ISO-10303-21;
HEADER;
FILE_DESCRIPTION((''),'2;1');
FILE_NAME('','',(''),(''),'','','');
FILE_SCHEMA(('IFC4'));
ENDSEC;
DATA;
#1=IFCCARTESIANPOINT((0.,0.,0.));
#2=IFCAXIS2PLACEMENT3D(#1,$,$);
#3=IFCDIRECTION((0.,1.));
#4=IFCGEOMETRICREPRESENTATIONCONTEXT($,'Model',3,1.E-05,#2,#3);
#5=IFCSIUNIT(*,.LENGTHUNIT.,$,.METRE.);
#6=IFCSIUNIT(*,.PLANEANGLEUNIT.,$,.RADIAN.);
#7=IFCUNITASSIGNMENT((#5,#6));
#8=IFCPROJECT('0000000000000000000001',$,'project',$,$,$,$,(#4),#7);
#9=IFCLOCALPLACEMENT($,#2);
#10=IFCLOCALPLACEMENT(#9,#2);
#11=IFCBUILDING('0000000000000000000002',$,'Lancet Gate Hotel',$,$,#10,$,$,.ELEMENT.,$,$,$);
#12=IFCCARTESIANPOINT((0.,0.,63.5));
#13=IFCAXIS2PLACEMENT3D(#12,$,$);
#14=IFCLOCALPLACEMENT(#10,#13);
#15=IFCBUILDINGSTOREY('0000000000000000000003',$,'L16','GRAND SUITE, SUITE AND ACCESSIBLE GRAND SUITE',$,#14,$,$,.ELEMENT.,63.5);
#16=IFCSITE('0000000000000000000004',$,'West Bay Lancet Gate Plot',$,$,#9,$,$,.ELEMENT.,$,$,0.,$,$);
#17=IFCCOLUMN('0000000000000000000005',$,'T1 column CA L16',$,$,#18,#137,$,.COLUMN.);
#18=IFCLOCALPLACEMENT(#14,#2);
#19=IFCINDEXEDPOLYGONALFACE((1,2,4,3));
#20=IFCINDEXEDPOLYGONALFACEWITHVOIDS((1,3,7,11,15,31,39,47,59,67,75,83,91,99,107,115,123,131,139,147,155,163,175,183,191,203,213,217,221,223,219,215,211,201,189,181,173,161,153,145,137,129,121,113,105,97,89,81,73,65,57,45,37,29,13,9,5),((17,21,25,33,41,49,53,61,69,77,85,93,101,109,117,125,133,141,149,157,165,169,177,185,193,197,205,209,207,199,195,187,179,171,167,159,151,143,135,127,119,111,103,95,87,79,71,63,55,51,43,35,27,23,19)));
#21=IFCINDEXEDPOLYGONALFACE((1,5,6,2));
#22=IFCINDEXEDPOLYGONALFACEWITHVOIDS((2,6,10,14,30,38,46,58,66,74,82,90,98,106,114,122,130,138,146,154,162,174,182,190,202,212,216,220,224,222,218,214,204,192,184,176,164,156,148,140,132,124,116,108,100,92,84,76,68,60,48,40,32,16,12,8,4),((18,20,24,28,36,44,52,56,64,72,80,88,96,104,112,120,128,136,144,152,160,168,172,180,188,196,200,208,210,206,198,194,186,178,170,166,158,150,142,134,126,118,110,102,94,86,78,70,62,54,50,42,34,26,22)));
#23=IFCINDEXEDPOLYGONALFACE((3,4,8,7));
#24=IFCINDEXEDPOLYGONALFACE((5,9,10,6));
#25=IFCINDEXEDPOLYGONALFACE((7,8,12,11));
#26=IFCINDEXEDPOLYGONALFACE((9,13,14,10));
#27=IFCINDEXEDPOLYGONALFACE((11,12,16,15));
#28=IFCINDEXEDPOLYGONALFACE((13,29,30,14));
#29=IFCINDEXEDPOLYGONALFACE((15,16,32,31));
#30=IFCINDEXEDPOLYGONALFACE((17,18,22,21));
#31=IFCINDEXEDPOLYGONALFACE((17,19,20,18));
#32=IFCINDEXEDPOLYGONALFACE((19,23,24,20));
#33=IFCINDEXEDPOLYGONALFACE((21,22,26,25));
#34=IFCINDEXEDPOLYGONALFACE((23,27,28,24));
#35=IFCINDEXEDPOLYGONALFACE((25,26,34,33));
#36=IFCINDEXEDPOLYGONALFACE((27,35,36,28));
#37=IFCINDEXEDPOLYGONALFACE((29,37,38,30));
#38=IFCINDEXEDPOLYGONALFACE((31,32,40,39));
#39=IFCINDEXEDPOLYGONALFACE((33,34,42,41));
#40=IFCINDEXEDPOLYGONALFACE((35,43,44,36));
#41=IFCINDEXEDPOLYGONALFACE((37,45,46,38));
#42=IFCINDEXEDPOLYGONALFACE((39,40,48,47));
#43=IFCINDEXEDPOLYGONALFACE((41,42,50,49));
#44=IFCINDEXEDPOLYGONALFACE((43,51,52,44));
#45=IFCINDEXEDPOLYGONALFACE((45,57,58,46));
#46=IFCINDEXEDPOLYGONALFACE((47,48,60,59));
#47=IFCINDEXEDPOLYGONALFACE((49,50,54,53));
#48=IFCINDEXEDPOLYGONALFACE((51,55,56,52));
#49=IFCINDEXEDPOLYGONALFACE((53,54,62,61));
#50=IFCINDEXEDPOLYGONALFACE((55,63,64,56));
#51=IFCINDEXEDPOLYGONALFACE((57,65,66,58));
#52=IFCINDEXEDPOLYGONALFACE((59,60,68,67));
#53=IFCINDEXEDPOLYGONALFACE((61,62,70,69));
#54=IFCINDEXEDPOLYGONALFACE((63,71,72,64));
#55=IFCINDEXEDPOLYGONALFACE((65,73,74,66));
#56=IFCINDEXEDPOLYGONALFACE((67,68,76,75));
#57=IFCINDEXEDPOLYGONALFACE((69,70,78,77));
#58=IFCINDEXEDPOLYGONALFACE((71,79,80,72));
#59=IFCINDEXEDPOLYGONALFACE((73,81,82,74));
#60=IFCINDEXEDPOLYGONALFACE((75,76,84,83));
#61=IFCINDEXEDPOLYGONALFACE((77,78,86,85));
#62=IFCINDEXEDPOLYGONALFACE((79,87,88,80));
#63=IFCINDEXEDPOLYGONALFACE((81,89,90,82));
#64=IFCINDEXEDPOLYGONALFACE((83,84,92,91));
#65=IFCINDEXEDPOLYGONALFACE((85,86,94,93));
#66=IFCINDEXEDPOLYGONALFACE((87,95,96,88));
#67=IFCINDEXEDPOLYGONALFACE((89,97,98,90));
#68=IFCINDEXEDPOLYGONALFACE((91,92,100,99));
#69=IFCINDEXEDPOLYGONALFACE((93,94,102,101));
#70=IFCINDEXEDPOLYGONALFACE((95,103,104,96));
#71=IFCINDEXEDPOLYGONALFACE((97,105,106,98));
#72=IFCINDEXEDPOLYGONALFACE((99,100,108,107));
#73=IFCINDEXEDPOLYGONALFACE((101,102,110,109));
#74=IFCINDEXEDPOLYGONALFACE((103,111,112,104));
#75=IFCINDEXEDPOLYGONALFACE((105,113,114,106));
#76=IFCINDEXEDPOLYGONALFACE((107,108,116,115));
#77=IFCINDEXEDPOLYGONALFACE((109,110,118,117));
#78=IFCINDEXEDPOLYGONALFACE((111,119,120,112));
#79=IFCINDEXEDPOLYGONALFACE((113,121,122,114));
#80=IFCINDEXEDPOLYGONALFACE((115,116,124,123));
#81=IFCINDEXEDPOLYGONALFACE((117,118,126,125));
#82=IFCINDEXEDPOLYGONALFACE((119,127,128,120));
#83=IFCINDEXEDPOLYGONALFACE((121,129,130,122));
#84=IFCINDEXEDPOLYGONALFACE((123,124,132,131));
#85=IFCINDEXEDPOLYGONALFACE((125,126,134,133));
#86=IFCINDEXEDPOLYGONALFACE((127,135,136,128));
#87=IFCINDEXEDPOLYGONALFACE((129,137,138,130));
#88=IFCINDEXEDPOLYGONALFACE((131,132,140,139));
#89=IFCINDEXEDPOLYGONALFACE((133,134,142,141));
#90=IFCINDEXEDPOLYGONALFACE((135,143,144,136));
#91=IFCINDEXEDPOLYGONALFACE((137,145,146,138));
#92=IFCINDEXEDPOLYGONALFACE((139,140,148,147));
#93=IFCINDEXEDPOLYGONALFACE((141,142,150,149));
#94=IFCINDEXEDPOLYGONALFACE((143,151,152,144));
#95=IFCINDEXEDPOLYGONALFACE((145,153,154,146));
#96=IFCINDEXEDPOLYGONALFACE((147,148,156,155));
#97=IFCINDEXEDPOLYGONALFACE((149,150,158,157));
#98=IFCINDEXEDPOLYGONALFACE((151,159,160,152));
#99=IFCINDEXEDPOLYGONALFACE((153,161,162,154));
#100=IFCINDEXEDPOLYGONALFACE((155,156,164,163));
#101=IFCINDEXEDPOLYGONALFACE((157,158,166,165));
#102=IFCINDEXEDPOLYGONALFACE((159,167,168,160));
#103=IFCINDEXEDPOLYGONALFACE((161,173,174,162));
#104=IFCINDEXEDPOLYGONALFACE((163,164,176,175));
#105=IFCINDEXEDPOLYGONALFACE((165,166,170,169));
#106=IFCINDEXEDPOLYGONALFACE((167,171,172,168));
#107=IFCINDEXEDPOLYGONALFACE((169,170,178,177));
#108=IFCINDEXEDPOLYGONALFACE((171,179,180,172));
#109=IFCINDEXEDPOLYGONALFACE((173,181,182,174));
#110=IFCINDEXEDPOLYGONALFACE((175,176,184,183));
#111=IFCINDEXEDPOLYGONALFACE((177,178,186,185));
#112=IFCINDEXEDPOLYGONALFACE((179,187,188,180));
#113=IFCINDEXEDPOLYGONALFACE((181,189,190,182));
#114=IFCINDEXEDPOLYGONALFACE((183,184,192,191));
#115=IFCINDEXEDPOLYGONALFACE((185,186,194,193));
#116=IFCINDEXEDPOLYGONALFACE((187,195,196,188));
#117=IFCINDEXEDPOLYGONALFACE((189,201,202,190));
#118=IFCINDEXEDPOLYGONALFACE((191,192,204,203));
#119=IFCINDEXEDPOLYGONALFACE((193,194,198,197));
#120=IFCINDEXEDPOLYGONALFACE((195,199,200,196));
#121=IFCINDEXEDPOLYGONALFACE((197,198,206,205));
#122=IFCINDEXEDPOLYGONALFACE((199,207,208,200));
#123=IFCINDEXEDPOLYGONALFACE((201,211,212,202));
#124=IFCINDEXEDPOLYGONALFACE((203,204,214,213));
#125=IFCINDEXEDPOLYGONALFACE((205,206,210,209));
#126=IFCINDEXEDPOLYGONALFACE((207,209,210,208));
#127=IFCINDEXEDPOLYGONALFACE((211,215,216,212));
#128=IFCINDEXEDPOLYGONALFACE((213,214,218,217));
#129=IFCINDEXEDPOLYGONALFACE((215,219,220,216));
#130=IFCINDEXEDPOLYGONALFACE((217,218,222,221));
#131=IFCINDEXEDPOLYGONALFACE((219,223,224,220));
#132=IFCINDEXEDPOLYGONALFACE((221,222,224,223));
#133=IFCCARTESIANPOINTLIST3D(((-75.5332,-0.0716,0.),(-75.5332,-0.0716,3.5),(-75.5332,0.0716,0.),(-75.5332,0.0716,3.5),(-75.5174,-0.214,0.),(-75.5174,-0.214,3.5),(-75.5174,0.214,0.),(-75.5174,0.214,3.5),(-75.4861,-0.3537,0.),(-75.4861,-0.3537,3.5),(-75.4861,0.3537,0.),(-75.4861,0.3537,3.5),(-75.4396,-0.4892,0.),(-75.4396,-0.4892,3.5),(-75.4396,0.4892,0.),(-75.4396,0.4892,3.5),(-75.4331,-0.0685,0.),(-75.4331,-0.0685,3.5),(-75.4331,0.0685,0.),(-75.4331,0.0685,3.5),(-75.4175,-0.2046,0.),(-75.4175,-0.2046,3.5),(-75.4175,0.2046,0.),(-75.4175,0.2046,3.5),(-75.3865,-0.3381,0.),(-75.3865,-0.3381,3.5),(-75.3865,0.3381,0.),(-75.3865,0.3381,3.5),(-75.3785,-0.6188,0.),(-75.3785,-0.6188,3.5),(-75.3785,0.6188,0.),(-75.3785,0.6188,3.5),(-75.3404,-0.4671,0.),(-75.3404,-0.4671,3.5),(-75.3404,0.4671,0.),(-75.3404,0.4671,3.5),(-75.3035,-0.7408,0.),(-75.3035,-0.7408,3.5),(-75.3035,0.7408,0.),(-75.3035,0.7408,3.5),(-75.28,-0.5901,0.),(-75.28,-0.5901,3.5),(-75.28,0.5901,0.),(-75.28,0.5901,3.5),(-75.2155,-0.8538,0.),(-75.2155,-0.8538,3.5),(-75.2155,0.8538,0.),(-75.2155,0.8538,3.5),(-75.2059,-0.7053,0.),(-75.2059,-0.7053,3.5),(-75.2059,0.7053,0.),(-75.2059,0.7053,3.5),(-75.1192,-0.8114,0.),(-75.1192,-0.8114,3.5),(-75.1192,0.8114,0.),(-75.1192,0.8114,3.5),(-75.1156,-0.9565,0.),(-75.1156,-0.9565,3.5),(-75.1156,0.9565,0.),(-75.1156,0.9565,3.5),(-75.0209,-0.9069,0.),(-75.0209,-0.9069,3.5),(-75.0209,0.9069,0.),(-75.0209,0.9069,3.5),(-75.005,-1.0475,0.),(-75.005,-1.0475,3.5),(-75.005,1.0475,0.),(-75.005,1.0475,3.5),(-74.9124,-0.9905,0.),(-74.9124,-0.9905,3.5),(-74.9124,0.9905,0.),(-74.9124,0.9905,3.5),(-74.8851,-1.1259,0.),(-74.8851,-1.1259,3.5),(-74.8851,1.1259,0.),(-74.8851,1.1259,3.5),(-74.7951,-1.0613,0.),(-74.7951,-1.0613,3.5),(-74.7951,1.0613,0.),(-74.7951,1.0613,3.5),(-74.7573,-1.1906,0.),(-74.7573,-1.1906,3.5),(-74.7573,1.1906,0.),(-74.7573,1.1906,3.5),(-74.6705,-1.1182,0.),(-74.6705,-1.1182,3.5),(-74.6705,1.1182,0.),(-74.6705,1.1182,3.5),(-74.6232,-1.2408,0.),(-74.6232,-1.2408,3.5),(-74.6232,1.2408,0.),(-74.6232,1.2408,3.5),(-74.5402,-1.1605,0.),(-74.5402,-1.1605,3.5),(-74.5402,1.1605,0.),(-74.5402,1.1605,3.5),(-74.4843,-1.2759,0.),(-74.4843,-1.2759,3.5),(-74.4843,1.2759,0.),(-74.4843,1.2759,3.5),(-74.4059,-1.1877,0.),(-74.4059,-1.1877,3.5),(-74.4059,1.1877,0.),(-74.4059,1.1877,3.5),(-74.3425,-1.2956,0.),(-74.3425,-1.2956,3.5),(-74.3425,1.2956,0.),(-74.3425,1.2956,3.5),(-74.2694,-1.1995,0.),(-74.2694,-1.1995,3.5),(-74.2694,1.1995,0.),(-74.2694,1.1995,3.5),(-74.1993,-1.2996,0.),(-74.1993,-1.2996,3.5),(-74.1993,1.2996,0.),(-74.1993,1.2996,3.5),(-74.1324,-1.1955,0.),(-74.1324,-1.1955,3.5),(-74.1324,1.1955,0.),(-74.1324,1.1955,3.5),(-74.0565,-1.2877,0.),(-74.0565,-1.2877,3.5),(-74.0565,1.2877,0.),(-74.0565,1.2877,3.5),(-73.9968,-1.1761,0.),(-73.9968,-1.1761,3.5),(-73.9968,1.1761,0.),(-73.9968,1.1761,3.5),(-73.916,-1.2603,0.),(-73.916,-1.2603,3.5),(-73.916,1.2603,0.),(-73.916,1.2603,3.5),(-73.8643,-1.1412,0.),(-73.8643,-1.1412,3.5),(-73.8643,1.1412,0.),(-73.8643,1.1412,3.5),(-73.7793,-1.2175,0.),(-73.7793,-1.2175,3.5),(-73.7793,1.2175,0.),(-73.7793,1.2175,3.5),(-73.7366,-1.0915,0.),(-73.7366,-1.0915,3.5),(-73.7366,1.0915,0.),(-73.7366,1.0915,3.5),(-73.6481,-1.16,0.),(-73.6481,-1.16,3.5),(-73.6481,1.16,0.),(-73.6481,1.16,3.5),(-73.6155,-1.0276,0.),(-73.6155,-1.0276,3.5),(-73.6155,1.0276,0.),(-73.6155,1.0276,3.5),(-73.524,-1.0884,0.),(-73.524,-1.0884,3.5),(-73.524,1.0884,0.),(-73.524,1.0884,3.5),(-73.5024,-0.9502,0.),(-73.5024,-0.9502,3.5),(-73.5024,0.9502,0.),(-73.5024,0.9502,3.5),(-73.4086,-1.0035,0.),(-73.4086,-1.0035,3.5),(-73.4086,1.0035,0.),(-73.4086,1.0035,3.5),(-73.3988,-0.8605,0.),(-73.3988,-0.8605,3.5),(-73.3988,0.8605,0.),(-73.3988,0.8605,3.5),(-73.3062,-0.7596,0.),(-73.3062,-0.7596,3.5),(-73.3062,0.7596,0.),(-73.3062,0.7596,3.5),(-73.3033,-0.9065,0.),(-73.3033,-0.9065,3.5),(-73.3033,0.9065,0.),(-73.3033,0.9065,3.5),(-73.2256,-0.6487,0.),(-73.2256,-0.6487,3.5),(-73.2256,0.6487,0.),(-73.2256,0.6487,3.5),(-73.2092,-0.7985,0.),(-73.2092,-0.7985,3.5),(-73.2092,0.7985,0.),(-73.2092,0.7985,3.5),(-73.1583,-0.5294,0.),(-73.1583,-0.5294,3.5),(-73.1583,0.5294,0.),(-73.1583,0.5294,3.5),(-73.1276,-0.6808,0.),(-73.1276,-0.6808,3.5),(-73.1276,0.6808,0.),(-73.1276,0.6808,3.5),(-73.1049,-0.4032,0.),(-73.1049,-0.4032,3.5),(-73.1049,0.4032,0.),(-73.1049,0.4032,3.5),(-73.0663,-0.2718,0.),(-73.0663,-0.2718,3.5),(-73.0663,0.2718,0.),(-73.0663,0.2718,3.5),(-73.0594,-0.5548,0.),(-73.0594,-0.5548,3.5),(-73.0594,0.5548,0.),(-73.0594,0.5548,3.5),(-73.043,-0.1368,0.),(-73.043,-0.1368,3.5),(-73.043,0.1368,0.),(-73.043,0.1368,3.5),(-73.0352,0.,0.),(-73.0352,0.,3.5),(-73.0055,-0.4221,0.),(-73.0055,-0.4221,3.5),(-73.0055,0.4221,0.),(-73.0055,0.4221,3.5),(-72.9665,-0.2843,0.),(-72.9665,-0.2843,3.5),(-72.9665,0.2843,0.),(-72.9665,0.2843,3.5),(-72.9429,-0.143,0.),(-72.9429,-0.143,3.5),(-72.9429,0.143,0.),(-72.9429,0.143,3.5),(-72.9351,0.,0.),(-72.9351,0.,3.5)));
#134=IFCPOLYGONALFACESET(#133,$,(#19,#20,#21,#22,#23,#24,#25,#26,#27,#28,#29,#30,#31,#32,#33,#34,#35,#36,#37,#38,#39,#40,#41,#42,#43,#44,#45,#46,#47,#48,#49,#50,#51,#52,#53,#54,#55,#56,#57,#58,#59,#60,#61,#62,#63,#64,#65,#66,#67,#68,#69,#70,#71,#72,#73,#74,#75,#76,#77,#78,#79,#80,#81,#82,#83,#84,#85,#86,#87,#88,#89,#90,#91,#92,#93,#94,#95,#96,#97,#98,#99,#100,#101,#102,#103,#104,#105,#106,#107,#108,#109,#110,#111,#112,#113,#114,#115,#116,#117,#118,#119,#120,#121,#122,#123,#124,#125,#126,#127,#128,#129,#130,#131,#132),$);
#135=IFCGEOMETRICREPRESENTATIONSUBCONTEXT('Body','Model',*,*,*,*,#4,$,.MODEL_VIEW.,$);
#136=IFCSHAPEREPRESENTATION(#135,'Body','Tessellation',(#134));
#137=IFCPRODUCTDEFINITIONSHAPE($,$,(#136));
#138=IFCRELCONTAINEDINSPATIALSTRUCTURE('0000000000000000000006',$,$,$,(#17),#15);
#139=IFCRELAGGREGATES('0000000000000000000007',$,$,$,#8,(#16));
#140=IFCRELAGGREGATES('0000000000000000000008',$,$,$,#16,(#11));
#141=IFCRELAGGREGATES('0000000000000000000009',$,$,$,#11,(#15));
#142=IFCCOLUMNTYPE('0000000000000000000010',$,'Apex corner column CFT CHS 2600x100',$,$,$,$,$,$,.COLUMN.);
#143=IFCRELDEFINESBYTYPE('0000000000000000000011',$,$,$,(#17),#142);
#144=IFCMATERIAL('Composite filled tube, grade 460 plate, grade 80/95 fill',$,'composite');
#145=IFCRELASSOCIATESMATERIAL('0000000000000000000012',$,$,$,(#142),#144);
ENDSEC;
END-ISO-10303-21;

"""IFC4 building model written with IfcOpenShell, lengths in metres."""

from ifc_helpers import new_model, si_unit, direction, frame, origin, origin_2d, place, context, subcontext, project, spatial, hollow_circle, extrude, material, material_profile, profile_set, type_object, element, save


model = new_model("IFC4")

# Units and contexts
model_context = context("Model", 3, precision=1e-05, world=origin(), true_north=direction((0.0, 1.0)))
body_context = subcontext(model_context, "Body", "Model", "MODEL_VIEW")
ifc_project = project(units=[si_unit("LENGTHUNIT", "METRE"), si_unit("PLANEANGLEUNIT", "RADIAN")], contexts=[model_context])

# Site, building, storey
site_placement = place(None, origin())
site = spatial("IfcSite", under=ifc_project, at=site_placement, Name="West Bay Lancet Gate Plot", CompositionType="ELEMENT", RefElevation=0.0)
building_placement = place(site_placement, origin())
building = spatial("IfcBuilding", under=site, at=building_placement, Name="Lancet Gate Hotel", CompositionType="ELEMENT")
storey_placement = place(building_placement, frame((0.0, 0.0, 63.5)))
storey = spatial("IfcBuildingStorey", under=building, at=storey_placement, Name="L16", Description="GRAND SUITE, SUITE AND ACCESSIBLE GRAND SUITE", CompositionType="ELEMENT", Elevation=63.5)

# Column
ifc_material_1 = material(Name="Composite filled tube, grade 460 plate, grade 80/95 fill", Category="composite")
ifc_material_profile_1 = material_profile(ifc_material_1, hollow_circle(Radius=1.3, WallThickness=0.1001, at=origin_2d()), Name="CHS 2600x100")
ifc_profile_set_1 = profile_set([ifc_material_profile_1], Name="Composite filled tube, grade 460 plate, grade 80/95 fill")
column_type_1 = type_object("IfcColumnType", Name="Apex corner column CFT CHS 2600x100", PredefinedType="COLUMN", material=ifc_profile_set_1)
column_1_placement = place(storey_placement, frame((-74.2351, 0.0, 0.0), z_axis=(0.0, 0.0, 1.0), x_axis=(1.0, 0.0, 0.0)))
element("IfcColumn", 1, at=column_1_placement, inside=storey, type_object=column_type_1, Name="T1 column CA L16", PredefinedType="COLUMN", context=body_context, shape_type="SweptSolid", body=[
    extrude(hollow_circle(Radius=1.3, WallThickness=0.1001, at=origin_2d()), origin(), (0.0, 0.0, 1.0), 3.5),
])

save(model, "model.ifc")
